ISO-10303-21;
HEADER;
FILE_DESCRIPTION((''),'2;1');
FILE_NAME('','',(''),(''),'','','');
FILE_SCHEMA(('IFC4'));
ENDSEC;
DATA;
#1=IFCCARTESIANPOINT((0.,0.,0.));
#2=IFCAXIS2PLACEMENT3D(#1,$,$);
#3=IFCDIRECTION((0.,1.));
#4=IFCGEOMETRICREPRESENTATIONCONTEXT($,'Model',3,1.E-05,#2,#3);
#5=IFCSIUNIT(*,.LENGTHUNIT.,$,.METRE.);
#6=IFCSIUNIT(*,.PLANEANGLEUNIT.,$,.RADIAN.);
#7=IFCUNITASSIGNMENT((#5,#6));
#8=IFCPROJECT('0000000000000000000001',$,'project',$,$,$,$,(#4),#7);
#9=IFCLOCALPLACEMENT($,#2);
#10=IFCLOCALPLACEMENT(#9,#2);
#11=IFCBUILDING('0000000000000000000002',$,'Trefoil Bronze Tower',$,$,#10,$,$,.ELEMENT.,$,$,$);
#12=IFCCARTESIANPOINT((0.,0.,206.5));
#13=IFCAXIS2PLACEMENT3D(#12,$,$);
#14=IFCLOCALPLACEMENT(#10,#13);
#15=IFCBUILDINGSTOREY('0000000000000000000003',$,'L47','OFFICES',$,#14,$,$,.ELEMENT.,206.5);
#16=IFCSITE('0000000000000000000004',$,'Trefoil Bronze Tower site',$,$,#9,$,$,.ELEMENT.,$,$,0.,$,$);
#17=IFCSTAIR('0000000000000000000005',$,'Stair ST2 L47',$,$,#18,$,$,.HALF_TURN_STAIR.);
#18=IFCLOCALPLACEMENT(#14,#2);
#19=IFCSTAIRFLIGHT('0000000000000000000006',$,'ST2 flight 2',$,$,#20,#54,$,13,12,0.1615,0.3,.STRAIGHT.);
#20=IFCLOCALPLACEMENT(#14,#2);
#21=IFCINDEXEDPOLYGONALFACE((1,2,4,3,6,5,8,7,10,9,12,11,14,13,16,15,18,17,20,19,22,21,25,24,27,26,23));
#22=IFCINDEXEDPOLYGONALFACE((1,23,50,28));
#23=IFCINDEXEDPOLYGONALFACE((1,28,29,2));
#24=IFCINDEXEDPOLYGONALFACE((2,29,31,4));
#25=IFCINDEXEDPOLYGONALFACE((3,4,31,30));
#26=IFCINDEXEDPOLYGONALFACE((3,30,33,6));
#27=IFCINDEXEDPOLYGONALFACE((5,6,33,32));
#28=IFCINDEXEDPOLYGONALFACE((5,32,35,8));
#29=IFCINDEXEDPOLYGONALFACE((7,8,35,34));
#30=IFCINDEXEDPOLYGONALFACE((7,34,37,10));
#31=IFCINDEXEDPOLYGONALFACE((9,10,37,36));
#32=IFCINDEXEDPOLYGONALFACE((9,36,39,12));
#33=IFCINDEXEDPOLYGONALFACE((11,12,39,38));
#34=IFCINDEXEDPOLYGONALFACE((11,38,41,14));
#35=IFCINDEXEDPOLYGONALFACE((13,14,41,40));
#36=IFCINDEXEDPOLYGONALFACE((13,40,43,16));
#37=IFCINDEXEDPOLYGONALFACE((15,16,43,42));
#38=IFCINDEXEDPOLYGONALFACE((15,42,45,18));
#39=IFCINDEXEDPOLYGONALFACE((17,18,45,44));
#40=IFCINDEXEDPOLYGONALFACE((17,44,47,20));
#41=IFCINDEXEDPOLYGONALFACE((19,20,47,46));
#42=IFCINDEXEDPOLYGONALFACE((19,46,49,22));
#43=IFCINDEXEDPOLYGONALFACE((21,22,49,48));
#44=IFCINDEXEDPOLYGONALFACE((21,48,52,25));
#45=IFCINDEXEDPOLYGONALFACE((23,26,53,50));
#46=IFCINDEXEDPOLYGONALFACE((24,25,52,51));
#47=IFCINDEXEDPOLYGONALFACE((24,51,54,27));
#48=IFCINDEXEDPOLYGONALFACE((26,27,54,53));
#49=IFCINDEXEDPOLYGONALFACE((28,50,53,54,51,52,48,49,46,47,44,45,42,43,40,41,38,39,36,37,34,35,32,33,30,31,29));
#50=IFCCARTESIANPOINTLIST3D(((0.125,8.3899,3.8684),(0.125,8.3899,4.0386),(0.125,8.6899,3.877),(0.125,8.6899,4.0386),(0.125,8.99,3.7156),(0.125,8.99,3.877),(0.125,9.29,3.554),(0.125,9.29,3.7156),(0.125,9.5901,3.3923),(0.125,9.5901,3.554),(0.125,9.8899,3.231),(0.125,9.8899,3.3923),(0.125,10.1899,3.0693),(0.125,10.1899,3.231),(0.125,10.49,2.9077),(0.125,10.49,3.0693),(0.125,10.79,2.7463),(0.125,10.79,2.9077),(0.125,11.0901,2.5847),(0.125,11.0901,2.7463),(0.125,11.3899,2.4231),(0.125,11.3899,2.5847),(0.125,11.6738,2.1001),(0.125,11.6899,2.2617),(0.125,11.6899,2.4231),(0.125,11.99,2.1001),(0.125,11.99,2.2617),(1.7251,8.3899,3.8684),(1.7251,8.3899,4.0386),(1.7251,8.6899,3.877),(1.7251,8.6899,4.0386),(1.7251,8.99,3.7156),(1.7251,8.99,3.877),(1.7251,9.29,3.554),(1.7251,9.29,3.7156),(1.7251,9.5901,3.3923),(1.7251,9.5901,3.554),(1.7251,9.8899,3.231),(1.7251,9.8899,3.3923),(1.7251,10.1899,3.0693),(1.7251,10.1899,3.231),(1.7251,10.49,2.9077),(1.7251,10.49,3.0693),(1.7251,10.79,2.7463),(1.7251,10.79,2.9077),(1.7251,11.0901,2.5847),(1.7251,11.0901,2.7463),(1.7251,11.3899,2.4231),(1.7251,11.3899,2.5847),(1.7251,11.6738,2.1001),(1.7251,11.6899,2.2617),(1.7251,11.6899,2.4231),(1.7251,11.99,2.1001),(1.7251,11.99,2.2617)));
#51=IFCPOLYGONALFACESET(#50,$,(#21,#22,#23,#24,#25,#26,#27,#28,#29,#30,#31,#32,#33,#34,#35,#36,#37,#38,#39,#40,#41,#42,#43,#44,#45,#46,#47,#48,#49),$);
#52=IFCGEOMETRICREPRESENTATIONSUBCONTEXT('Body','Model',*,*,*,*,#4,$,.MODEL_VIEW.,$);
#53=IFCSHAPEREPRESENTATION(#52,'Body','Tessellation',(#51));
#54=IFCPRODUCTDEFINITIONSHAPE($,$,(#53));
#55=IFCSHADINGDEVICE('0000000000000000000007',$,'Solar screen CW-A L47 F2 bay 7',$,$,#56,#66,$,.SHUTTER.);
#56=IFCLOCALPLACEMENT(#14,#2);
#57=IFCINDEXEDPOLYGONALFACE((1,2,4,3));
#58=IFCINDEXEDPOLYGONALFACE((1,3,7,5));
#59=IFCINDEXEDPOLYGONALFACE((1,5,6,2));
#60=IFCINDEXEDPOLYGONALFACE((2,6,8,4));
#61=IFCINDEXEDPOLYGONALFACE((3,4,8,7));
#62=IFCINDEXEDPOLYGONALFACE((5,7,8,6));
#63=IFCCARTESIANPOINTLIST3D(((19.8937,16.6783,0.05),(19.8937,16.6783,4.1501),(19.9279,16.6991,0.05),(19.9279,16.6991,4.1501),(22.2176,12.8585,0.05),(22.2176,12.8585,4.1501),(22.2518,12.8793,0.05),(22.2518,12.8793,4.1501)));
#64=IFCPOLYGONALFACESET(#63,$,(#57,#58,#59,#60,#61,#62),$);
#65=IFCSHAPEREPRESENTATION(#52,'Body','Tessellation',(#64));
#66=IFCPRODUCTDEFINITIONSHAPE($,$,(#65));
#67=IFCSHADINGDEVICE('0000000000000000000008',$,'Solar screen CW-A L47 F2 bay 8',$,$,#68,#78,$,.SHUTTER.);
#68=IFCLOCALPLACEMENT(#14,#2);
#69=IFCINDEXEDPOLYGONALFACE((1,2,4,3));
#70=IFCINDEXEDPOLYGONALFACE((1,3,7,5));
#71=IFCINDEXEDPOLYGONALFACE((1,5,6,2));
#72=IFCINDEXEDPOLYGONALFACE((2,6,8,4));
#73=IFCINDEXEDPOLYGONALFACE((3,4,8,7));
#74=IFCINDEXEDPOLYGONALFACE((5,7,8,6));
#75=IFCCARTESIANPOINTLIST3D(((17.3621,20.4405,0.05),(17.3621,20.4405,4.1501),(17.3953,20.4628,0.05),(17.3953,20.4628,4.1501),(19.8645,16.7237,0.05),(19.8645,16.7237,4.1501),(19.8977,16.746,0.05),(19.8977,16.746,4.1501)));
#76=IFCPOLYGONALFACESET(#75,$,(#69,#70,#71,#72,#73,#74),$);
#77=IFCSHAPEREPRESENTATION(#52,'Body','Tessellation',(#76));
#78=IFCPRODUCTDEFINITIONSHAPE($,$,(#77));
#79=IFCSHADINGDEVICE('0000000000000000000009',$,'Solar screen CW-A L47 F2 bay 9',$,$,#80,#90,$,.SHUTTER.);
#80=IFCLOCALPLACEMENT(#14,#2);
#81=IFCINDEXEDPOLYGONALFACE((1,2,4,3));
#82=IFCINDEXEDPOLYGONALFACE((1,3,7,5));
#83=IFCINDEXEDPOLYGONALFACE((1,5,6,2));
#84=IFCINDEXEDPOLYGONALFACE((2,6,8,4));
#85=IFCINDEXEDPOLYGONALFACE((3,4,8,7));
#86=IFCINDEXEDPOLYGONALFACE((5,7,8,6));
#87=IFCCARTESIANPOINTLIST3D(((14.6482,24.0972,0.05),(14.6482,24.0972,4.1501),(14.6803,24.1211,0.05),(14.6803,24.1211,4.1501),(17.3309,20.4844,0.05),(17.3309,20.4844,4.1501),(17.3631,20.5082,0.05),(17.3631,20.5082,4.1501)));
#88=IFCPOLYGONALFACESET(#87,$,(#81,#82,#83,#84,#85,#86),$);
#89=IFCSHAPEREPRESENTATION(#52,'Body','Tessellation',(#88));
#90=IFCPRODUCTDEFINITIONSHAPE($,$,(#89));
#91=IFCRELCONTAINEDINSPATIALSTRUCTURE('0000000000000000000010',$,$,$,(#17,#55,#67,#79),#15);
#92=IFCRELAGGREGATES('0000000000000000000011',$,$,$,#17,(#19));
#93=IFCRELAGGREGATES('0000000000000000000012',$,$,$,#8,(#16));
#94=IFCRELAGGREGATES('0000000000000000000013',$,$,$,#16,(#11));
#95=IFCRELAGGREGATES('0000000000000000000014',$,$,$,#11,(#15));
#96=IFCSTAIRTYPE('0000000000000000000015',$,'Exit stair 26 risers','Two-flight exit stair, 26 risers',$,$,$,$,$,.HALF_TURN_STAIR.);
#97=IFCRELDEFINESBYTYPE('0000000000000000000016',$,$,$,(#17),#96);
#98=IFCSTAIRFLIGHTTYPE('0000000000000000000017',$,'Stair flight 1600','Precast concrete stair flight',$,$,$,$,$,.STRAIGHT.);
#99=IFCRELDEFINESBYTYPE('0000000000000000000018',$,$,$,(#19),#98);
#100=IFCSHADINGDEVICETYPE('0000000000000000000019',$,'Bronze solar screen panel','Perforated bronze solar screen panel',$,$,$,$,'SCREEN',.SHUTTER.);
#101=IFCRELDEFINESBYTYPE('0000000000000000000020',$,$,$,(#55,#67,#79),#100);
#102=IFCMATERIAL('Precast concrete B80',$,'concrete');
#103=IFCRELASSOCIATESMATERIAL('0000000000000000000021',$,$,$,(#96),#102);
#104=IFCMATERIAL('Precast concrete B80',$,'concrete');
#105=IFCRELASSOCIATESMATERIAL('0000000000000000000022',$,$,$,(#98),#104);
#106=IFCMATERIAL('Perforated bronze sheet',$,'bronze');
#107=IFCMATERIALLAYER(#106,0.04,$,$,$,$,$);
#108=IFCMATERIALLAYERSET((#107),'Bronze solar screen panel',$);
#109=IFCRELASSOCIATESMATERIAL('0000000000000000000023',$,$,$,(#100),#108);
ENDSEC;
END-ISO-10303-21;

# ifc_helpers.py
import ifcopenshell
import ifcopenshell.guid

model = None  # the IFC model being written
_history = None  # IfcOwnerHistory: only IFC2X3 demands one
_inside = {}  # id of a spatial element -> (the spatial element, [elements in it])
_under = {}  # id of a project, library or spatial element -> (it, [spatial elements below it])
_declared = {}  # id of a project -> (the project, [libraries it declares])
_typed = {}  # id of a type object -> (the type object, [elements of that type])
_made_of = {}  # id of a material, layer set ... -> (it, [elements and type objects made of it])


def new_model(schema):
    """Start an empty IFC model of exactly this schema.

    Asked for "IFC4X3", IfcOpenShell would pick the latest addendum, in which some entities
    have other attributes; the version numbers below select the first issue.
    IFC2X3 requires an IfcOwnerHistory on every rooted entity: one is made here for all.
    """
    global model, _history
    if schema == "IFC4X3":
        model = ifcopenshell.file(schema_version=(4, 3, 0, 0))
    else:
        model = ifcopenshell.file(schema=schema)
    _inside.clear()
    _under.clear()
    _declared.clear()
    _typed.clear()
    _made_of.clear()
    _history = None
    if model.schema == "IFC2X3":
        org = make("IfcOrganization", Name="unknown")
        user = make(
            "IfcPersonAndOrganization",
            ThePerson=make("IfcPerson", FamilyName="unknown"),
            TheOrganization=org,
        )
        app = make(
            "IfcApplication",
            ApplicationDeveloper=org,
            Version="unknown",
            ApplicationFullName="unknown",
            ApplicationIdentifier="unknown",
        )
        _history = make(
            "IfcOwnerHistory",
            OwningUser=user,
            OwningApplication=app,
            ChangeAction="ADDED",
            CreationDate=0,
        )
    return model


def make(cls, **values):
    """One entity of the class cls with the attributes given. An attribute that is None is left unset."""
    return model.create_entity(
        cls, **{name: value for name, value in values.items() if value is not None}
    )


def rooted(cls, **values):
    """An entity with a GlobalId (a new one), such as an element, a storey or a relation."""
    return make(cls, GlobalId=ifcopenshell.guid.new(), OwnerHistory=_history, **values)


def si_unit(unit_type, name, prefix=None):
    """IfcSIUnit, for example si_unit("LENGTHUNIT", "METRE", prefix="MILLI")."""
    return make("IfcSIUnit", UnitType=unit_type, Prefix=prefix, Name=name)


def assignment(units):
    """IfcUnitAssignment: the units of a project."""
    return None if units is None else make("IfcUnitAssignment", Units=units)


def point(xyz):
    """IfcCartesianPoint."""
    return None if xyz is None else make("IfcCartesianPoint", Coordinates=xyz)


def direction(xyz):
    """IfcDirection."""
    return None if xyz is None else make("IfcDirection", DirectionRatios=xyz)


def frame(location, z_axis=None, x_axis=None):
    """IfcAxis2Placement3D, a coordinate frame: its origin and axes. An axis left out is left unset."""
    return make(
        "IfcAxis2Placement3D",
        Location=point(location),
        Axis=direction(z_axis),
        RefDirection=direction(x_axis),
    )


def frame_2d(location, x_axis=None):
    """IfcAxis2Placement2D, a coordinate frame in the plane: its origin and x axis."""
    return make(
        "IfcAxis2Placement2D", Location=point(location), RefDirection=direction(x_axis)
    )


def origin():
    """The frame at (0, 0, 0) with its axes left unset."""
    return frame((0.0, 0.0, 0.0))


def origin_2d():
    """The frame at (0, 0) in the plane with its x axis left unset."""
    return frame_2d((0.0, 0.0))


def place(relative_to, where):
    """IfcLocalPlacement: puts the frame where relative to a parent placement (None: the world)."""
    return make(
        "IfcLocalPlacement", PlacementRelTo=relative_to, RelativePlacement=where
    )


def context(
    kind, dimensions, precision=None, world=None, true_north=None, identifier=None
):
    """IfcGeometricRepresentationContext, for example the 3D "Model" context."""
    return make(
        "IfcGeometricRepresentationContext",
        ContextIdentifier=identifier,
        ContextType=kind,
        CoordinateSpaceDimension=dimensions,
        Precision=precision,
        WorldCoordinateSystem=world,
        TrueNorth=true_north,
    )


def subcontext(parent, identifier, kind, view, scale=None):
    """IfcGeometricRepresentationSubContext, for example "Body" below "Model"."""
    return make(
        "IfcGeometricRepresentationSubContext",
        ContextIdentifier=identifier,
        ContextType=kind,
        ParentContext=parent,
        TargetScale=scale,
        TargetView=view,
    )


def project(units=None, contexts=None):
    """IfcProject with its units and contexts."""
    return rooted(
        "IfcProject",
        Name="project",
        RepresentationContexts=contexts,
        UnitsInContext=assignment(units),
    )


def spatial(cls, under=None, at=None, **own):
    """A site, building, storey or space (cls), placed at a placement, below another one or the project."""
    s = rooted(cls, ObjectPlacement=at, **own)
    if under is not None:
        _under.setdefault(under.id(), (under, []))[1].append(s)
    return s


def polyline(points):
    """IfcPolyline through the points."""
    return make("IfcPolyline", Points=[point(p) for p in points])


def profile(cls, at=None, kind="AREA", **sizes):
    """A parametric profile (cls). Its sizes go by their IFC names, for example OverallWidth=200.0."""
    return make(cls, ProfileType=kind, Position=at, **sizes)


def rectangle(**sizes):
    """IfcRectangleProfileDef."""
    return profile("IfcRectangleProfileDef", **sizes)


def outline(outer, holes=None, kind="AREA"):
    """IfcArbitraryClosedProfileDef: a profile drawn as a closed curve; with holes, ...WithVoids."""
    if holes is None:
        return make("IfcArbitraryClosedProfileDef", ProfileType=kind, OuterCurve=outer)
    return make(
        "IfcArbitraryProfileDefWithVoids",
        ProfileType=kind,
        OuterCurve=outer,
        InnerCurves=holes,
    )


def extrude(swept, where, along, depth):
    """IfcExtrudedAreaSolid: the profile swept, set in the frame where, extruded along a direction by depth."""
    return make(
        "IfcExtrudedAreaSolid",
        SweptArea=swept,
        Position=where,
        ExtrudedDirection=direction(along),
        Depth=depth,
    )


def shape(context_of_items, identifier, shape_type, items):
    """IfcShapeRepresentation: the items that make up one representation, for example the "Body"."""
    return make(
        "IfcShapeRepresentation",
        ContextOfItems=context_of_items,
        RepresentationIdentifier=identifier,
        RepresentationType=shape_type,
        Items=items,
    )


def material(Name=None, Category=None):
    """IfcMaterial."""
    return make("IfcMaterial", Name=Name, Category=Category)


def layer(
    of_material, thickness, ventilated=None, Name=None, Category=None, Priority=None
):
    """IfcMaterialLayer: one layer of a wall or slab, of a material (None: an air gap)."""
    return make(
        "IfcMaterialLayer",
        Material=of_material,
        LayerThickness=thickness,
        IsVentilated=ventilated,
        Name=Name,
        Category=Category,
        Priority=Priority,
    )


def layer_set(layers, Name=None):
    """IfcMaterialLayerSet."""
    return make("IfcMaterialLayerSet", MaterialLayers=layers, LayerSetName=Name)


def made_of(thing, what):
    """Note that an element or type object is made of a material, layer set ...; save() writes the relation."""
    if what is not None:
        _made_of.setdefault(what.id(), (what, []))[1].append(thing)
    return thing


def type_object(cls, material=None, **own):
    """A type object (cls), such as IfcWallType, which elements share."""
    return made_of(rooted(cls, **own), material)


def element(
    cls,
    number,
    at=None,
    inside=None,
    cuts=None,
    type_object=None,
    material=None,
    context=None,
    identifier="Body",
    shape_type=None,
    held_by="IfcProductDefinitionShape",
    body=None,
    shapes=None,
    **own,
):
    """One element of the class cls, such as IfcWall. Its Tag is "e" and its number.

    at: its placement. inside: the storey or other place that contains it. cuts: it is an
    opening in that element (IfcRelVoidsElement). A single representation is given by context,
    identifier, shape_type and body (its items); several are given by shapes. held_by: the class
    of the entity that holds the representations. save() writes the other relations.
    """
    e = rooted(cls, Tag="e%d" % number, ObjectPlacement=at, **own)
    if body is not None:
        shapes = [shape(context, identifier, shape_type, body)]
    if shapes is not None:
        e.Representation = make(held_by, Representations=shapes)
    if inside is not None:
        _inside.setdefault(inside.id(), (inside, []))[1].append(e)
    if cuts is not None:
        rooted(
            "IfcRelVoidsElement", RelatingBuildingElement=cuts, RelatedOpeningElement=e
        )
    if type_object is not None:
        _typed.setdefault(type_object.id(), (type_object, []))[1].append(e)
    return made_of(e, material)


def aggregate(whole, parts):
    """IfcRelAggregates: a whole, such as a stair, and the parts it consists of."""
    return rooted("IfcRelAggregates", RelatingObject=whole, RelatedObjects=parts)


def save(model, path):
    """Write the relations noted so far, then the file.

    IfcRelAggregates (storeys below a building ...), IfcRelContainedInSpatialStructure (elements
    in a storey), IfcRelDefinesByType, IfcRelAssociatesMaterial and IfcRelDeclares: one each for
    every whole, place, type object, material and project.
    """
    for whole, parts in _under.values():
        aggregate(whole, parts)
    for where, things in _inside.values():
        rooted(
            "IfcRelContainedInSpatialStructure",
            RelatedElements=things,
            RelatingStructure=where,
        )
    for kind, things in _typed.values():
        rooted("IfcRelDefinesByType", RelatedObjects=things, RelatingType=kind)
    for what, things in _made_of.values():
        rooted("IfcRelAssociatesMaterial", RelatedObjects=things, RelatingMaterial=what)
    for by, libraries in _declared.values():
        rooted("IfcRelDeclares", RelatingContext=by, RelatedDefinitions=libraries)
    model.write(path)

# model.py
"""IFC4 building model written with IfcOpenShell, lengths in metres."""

from ifc_helpers import new_model, si_unit, direction, frame, origin, origin_2d, place, context, subcontext, project, spatial, polyline, rectangle, outline, extrude, material, layer, layer_set, type_object, element, aggregate, save


model = new_model("IFC4")

# Units and contexts
model_context = context("Model", 3, precision=1e-05, world=origin(), true_north=direction((0.0, 1.0)))
body_context = subcontext(model_context, "Body", "Model", "MODEL_VIEW")
ifc_project = project(units=[si_unit("LENGTHUNIT", "METRE"), si_unit("PLANEANGLEUNIT", "RADIAN")], contexts=[model_context])

# Site, building, storey
site_placement = place(None, origin())
site = spatial("IfcSite", under=ifc_project, at=site_placement, Name="Trefoil Bronze Tower site", CompositionType="ELEMENT", RefElevation=0.0)
building_placement = place(site_placement, origin())
building = spatial("IfcBuilding", under=site, at=building_placement, Name="Trefoil Bronze Tower", CompositionType="ELEMENT")
storey_placement = place(building_placement, frame((0.0, 0.0, 206.5)))
storey = spatial("IfcBuildingStorey", under=building, at=storey_placement, Name="L47", Description="OFFICES", CompositionType="ELEMENT", Elevation=206.5)

# Stair, stair flight
ifc_material_1 = material(Name="Precast concrete B80", Category="concrete")
stair_type = type_object("IfcStairType", Name="Exit stair 26 risers", Description="Two-flight exit stair, 26 risers", PredefinedType="HALF_TURN_STAIR", material=ifc_material_1)
stair_placement = place(storey_placement, origin())
stair = element("IfcStair", 1, at=stair_placement, inside=storey, type_object=stair_type, Name="Stair ST2 L47", PredefinedType="HALF_TURN_STAIR")
ifc_material_2 = material(Name="Precast concrete B80", Category="concrete")
stair_flight_type = type_object("IfcStairFlightType", Name="Stair flight 1600", Description="Precast concrete stair flight", PredefinedType="STRAIGHT", material=ifc_material_2)
stair_flight_placement = place(storey_placement, frame((0.925, 11.99, 2.1001), z_axis=(0.0, 0.0, 1.0), x_axis=(0.0, -1.0, 0.0)))
stair_flight = element("IfcStairFlight", 2, at=stair_flight_placement, type_object=stair_flight_type, Name="ST2 flight 2", NumberOfRisers=13, NumberOfTreads=12, PredefinedType="STRAIGHT", RiserHeight=0.1615, TreadLength=0.3, context=body_context, shape_type="SweptSolid", body=[
    extrude(outline(polyline([(0.0, 0.0), (0.0, 0.1616), (0.3, 0.1616), (0.3, 0.323), (0.6001, 0.323), (0.6001, 0.4846), (0.8999, 0.4846), (0.8999, 0.6462), (1.2, 0.6462), (1.2, 0.8076), (1.5, 0.8076), (1.5, 0.9692), (1.8, 0.9692), (1.8, 1.1309), (2.1001, 1.1309), (2.1001, 1.2922), (2.3999, 1.2922), (2.3999, 1.4539), (2.7, 1.4539), (2.7, 1.6155), (3.0, 1.6155), (3.0, 1.7769), (3.3, 1.7769), (3.3, 1.9385), (3.6001, 1.9385), (3.6001, 2.1001), (3.6001, 1.7683), (0.3162, 0.0), (0.0, 0.0)])), frame((0.0, 0.8, 0.0), z_axis=(0.0, -1.0, 0.0), x_axis=(1.0, 0.0, 0.0)), (0.0, 0.0, 1.0), 1.6001),
])
aggregate(stair, [stair_flight])

# Shading devices
ifc_material_3 = material(Name="Perforated bronze sheet", Category="bronze")
ifc_layer_1 = layer(ifc_material_3, 0.04)
ifc_layer_set_1 = layer_set([ifc_layer_1], Name="Bronze solar screen panel")
shading_device_type = type_object("IfcShadingDeviceType", Name="Bronze solar screen panel", Description="Perforated bronze solar screen panel", ElementType="SCREEN", PredefinedType="SHUTTER", material=ifc_layer_set_1)
shading_device_1_placement = place(storey_placement, frame((21.0728, 14.7788, 0.05), z_axis=(0.0, 0.0, 1.0), x_axis=(-0.519762, 0.854311, 0.0)))
element("IfcShadingDevice", 3, at=shading_device_1_placement, inside=storey, type_object=shading_device_type, Name="Solar screen CW-A L47 F2 bay 7", PredefinedType="SHUTTER", context=body_context, shape_type="SweptSolid", body=[
    extrude(rectangle(XDim=4.4712, YDim=0.04, at=origin_2d()), origin(), (0.0, 0.0, 1.0), 4.1001),
])
shading_device_2_placement = place(storey_placement, frame((18.6299, 18.5933, 0.05), z_axis=(0.0, 0.0, 1.0), x_axis=(-0.558493, 0.829509, 0.0)))
element("IfcShadingDevice", 4, at=shading_device_2_placement, inside=storey, type_object=shading_device_type, Name="Solar screen CW-A L47 F2 bay 8", PredefinedType="SHUTTER", context=body_context, shape_type="SweptSolid", body=[
    extrude(rectangle(XDim=4.4807, YDim=0.04, at=origin_2d()), origin(), (0.0, 0.0, 1.0), 4.1001),
])
shading_device_3_placement = place(storey_placement, frame((16.0056, 22.3027, 0.05), z_axis=(0.0, 0.0, 1.0), x_axis=(-0.596162, 0.802865, 0.0)))
element("IfcShadingDevice", 5, at=shading_device_3_placement, inside=storey, type_object=shading_device_type, Name="Solar screen CW-A L47 F2 bay 9", PredefinedType="SHUTTER", context=body_context, shape_type="SweptSolid", body=[
    extrude(rectangle(XDim=4.5, YDim=0.04, at=origin_2d()), origin(), (0.0, 0.0, 1.0), 4.1001),
])

save(model, "model.ifc")
